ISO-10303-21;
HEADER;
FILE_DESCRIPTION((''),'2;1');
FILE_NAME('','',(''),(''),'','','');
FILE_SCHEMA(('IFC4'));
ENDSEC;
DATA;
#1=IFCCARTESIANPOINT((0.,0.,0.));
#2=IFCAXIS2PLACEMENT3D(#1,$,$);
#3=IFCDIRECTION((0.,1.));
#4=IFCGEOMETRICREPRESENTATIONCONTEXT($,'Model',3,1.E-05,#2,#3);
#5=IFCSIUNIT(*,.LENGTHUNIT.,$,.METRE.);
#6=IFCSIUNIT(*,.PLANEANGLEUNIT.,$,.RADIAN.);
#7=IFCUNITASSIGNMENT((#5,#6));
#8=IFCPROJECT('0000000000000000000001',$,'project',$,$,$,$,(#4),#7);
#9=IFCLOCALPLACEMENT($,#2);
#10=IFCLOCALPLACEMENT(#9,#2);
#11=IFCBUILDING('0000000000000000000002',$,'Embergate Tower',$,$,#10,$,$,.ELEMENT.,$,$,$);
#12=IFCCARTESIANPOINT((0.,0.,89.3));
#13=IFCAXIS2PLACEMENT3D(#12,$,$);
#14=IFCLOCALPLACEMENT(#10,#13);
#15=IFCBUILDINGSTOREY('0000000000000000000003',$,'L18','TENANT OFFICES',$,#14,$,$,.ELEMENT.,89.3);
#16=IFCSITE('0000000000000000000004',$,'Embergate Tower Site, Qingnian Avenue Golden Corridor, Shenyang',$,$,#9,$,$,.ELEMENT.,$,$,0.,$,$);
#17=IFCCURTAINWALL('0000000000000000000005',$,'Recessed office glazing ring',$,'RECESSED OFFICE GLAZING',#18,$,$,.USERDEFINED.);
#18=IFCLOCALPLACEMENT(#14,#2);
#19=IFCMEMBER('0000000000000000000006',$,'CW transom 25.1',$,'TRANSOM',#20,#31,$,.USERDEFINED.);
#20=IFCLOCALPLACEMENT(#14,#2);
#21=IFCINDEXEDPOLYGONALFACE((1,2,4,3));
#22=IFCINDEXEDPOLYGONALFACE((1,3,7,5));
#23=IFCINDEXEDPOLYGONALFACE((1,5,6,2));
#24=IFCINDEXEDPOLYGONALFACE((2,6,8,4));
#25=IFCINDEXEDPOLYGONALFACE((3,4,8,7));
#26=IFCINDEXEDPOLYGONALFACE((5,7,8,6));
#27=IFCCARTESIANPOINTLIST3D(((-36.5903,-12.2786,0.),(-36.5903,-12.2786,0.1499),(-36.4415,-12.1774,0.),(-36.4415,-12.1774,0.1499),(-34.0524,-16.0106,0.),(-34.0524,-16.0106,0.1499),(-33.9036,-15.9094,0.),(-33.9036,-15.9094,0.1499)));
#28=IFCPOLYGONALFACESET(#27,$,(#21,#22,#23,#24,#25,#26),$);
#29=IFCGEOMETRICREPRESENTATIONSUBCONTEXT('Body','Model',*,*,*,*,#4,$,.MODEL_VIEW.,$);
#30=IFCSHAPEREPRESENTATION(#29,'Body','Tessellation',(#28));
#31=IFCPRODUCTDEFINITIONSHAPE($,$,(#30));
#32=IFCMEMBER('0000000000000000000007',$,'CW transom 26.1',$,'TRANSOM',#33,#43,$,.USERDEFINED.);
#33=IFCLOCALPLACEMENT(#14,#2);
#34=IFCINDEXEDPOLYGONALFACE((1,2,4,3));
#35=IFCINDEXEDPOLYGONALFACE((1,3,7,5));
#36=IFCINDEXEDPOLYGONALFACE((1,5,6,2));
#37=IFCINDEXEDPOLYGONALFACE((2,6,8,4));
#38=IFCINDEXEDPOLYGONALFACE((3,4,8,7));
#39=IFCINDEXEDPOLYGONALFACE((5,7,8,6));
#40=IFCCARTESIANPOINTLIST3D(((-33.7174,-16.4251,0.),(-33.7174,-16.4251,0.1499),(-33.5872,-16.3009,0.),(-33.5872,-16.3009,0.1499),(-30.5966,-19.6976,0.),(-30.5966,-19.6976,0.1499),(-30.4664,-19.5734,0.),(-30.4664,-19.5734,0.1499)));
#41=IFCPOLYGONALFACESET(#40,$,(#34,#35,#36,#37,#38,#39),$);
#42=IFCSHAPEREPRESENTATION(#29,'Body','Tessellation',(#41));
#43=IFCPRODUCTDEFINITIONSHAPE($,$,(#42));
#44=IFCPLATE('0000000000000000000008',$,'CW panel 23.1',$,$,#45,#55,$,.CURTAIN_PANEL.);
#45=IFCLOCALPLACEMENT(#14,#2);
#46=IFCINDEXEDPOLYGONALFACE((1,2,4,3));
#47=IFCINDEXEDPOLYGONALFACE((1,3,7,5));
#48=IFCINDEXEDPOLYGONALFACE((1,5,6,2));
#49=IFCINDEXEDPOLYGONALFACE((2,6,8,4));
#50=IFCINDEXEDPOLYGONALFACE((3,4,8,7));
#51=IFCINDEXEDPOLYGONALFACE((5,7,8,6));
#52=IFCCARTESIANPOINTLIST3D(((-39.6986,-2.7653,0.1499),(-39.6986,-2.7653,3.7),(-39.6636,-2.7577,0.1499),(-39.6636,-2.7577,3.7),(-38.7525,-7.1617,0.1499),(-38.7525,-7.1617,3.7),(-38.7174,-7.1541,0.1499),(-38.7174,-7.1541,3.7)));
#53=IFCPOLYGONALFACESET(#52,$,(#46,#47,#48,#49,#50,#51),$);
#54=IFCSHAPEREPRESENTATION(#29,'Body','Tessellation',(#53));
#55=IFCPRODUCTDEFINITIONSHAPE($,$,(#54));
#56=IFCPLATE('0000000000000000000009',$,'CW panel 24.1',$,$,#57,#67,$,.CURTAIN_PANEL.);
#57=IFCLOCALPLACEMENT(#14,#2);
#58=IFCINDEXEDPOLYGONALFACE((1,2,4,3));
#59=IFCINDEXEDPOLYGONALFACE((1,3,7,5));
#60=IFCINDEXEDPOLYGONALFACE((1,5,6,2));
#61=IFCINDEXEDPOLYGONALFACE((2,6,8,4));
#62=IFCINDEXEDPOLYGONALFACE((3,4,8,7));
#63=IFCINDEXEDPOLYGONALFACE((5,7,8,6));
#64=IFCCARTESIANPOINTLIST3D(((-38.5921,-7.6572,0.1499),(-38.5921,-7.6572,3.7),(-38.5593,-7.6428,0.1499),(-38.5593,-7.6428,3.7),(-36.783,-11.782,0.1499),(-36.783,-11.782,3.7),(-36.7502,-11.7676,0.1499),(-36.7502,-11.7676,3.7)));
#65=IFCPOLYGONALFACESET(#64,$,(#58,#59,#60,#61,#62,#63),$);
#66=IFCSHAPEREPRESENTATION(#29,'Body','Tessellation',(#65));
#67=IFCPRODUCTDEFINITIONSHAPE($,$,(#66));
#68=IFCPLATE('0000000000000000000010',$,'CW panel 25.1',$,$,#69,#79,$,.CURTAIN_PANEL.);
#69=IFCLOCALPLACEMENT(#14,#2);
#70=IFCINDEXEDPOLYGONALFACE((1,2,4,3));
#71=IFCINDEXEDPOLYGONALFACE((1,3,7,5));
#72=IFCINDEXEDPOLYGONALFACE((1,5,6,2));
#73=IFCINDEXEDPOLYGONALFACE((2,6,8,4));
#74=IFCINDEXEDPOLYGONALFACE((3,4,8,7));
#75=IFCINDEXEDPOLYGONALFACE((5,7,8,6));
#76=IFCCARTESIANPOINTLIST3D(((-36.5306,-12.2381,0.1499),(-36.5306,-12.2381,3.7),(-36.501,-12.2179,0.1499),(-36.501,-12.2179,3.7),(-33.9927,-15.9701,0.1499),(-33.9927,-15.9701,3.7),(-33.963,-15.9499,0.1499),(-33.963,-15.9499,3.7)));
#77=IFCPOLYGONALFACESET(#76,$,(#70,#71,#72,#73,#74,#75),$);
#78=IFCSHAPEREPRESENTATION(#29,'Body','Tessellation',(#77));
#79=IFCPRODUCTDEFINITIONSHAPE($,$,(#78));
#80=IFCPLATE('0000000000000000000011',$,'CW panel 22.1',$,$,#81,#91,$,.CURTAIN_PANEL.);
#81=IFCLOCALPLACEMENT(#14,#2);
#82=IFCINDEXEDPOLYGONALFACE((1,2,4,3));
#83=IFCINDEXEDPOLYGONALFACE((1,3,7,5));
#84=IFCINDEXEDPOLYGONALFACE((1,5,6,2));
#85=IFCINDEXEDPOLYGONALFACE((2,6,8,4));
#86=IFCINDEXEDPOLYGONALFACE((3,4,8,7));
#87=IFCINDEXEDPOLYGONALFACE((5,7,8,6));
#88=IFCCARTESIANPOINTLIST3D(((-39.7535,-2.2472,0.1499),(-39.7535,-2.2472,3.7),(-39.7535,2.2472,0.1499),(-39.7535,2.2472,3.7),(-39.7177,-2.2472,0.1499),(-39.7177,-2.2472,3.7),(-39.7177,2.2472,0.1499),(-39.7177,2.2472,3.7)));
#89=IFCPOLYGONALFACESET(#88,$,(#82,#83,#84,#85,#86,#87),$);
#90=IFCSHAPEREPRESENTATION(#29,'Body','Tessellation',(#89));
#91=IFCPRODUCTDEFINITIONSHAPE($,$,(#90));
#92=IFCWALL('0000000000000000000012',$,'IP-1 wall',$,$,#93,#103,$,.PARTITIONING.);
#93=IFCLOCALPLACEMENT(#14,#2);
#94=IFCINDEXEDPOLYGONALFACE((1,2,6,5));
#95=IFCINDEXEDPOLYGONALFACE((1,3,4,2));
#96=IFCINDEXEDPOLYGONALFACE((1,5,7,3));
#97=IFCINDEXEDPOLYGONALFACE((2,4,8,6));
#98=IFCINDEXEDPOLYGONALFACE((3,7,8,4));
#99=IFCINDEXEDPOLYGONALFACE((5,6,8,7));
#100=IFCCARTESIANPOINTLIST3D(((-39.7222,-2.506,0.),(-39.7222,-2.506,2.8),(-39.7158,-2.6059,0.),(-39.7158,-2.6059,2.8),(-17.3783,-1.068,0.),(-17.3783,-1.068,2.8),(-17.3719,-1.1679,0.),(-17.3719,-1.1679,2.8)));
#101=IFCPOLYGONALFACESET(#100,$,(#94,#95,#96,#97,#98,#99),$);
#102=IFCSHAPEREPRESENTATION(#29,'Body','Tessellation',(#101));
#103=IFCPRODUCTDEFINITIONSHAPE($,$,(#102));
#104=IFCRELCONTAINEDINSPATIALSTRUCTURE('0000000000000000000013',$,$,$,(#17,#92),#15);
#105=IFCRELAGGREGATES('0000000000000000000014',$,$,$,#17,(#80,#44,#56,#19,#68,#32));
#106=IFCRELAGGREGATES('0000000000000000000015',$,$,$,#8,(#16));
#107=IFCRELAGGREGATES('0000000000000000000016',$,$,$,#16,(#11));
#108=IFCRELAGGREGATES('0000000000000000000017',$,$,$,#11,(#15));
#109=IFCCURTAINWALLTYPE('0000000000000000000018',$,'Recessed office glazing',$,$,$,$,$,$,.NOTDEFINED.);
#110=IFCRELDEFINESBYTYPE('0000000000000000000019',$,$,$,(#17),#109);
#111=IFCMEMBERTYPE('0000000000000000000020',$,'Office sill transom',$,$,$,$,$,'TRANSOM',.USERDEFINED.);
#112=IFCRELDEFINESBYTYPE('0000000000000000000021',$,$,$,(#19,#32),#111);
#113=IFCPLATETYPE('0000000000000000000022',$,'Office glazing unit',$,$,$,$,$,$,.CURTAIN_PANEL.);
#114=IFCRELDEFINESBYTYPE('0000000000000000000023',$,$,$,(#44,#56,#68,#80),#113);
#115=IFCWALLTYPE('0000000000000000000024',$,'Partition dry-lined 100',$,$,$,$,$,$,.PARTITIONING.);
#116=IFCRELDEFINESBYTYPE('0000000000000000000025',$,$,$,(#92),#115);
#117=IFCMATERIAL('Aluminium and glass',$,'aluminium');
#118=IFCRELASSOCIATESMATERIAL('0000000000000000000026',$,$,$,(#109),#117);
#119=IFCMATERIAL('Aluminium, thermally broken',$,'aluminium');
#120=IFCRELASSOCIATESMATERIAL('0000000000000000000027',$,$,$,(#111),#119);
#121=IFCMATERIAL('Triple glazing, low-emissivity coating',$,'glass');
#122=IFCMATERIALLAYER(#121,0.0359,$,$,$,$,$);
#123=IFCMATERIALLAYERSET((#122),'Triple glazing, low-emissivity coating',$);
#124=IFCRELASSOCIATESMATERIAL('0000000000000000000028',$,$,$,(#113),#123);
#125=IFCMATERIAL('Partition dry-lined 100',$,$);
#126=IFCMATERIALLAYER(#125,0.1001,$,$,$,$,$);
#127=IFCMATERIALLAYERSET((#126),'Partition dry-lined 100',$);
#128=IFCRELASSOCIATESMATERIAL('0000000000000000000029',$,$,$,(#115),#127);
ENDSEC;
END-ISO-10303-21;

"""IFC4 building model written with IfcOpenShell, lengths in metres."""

from ifc_helpers import new_model, si_unit, direction, frame, frame_2d, origin, origin_2d, place, context, subcontext, project, spatial, rectangle, extrude, source, transform, mapped, material, layer, layer_set, material_profile, profile_set, type_object, element, aggregate, save


model = new_model("IFC4")

# Units and contexts
model_context = context("Model", 3, precision=1e-05, world=origin(), true_north=direction((0.0, 1.0)))
body_context = subcontext(model_context, "Body", "Model", "MODEL_VIEW")
ifc_project = project(units=[si_unit("LENGTHUNIT", "METRE"), si_unit("PLANEANGLEUNIT", "RADIAN")], contexts=[model_context])

# Site, building, storey
site_placement = place(None, origin())
site = spatial("IfcSite", under=ifc_project, at=site_placement, Name="Embergate Tower Site, Qingnian Avenue Golden Corridor, Shenyang", CompositionType="ELEMENT", RefElevation=0.0)
building_placement = place(site_placement, origin())
building = spatial("IfcBuilding", under=site, at=building_placement, Name="Embergate Tower", CompositionType="ELEMENT")
storey_placement = place(building_placement, frame((0.0, 0.0, 89.3)))
storey = spatial("IfcBuildingStorey", under=building, at=storey_placement, Name="L18", Description="TENANT OFFICES", CompositionType="ELEMENT", Elevation=89.3)

# Curtain wall, members, plates
ifc_material_1 = material(Name="Aluminium and glass", Category="aluminium")
curtain_wall_type = type_object("IfcCurtainWallType", Name="Recessed office glazing", PredefinedType="NOTDEFINED", material=ifc_material_1)
curtain_wall_placement = place(storey_placement, origin())
curtain_wall = element("IfcCurtainWall", 1, at=curtain_wall_placement, inside=storey, type_object=curtain_wall_type, Name="Recessed office glazing ring", ObjectType="RECESSED OFFICE GLAZING", PredefinedType="USERDEFINED")
ifc_material_2 = material(Name="Aluminium, thermally broken", Category="aluminium")
ifc_material_profile_1 = material_profile(ifc_material_2, rectangle(XDim=0.1799, YDim=0.1499, at=origin_2d()), Name="AL 150x180")
ifc_profile_set_1 = profile_set([ifc_material_profile_1], Name="Aluminium, thermally broken")
member_type_1 = type_object("IfcMemberType", Name="Office sill transom", ElementType="TRANSOM", PredefinedType="USERDEFINED", material=ifc_profile_set_1)
shared_shape_1 = source(origin(), body_context, "Body", "SweptSolid", [
    extrude(rectangle(XDim=0.1799, YDim=0.1499, at=origin_2d()), origin(), (0.0, 0.0, 1.0), 4.5132),
])
member_1_placement = place(storey_placement, frame((-36.5159, -12.228, 0.075), z_axis=(0.562329, -0.826913, 0.0), x_axis=(0.826913, 0.562329, 0.0)))
member_1 = element("IfcMember", 2, at=member_1_placement, type_object=member_type_1, Name="CW transom 25.1", ObjectType="TRANSOM", PredefinedType="USERDEFINED", context=body_context, shape_type="MappedRepresentation", body=[
    mapped(shared_shape_1, transform((0.0, 0.0, 0.0))),
])
shared_shape_2 = source(origin(), body_context, "Body", "SweptSolid", [
    extrude(rectangle(XDim=0.1799, YDim=0.1499, at=origin_2d()), origin(), (0.0, 0.0, 1.0), 4.522),
])
member_2_placement = place(storey_placement, frame((-33.6523, -16.363, 0.075), z_axis=(0.690144, -0.723672, 0.0), x_axis=(0.723672, 0.690144, 0.0)))
member_2 = element("IfcMember", 3, at=member_2_placement, type_object=member_type_1, Name="CW transom 26.1", ObjectType="TRANSOM", PredefinedType="USERDEFINED", context=body_context, shape_type="MappedRepresentation", body=[
    mapped(shared_shape_2, transform((0.0, 0.0, 0.0))),
])
ifc_material_3 = material(Name="Triple glazing, low-emissivity coating", Category="glass")
ifc_layer_1 = layer(ifc_material_3, 0.0359)
ifc_layer_set_1 = layer_set([ifc_layer_1], Name="Triple glazing, low-emissivity coating")
plate_type = type_object("IfcPlateType", Name="Office glazing unit", PredefinedType="CURTAIN_PANEL", material=ifc_layer_set_1)
shared_shape_3 = source(origin(), body_context, "Body", "SweptSolid", [
    extrude(rectangle(XDim=4.4971, YDim=0.0359, at=origin_2d()), origin(), (0.0, 0.0, 1.0), 3.55),
])
plate_1_placement = place(storey_placement, frame((-39.208, -4.9597, 0.1499), z_axis=(0.0, 0.0, 1.0), x_axis=(0.210398, -0.977616, 0.0)))
plate_1 = element("IfcPlate", 4, at=plate_1_placement, type_object=plate_type, Name="CW panel 23.1", PredefinedType="CURTAIN_PANEL", context=body_context, shape_type="MappedRepresentation", body=[
    mapped(shared_shape_3, transform((0.0, 0.0, 0.0))),
])
shared_shape_4 = source(origin(), body_context, "Body", "SweptSolid", [
    extrude(rectangle(XDim=4.5042, YDim=0.0359, at=origin_2d()), origin(), (0.0, 0.0, 1.0), 3.55),
])
plate_2_placement = place(storey_placement, frame((-37.6711, -9.7124, 0.1499), z_axis=(0.0, 0.0, 1.0), x_axis=(0.401652, -0.915792, 0.0)))
plate_2 = element("IfcPlate", 5, at=plate_2_placement, type_object=plate_type, Name="CW panel 24.1", PredefinedType="CURTAIN_PANEL", context=body_context, shape_type="MappedRepresentation", body=[
    mapped(shared_shape_4, transform((0.0, 0.0, 0.0))),
])
shared_shape_5 = source(origin(), body_context, "Body", "SweptSolid", [
    extrude(rectangle(XDim=4.5132, YDim=0.0359, at=origin_2d()), origin(), (0.0, 0.0, 1.0), 3.55),
])
plate_3_placement = place(storey_placement, frame((-35.2468, -14.094, 0.1499), z_axis=(0.0, 0.0, 1.0), x_axis=(0.562343, -0.826904, 0.0)))
plate_3 = element("IfcPlate", 6, at=plate_3_placement, type_object=plate_type, Name="CW panel 25.1", PredefinedType="CURTAIN_PANEL", context=body_context, shape_type="MappedRepresentation", body=[
    mapped(shared_shape_5, transform((0.0, 0.0, 0.0))),
])
shared_shape_6 = source(origin(), body_context, "Body", "SweptSolid", [
    extrude(rectangle(XDim=4.4944, YDim=0.0359, at=origin_2d()), origin(), (0.0, 0.0, 1.0), 3.55),
])
plate_4_placement = place(storey_placement, frame((-39.7356, 0.0, 0.1499), z_axis=(0.0, 0.0, 1.0), x_axis=(0.0, -1.0, 0.0)))
plate_4 = element("IfcPlate", 7, at=plate_4_placement, type_object=plate_type, Name="CW panel 22.1", PredefinedType="CURTAIN_PANEL", context=body_context, shape_type="MappedRepresentation", body=[
    mapped(shared_shape_6, transform((0.0, 0.0, 0.0))),
])
aggregate(curtain_wall, [plate_4, plate_1, plate_2, member_1, plate_3, member_2])

# Wall
ifc_material_4 = material(Name="Partition dry-lined 100")
ifc_layer_2 = layer(ifc_material_4, 0.1001)
ifc_layer_set_2 = layer_set([ifc_layer_2], Name="Partition dry-lined 100")
wall_type_1 = type_object("IfcWallType", Name="Partition dry-lined 100", PredefinedType="PARTITIONING", material=ifc_layer_set_2)
shared_shape_7 = source(origin(), body_context, "Body", "SweptSolid", [
    extrude(rectangle(XDim=22.3901, YDim=0.1001, at=frame_2d((11.1951, 0.0))), origin(), (0.0, 0.0, 1.0), 2.8),
])
wall_1_placement = place(storey_placement, frame((-39.719, -2.5559, 0.0), z_axis=(0.0, 0.0, 1.0), x_axis=(0.997936, 0.064224, 0.0)))
element("IfcWall", 8, at=wall_1_placement, inside=storey, type_object=wall_type_1, Name="IP-1 wall", PredefinedType="PARTITIONING", context=body_context, shape_type="MappedRepresentation", body=[
    mapped(shared_shape_7, transform((0.0, 0.0, 0.0))),
])

save(model, "model.ifc")
